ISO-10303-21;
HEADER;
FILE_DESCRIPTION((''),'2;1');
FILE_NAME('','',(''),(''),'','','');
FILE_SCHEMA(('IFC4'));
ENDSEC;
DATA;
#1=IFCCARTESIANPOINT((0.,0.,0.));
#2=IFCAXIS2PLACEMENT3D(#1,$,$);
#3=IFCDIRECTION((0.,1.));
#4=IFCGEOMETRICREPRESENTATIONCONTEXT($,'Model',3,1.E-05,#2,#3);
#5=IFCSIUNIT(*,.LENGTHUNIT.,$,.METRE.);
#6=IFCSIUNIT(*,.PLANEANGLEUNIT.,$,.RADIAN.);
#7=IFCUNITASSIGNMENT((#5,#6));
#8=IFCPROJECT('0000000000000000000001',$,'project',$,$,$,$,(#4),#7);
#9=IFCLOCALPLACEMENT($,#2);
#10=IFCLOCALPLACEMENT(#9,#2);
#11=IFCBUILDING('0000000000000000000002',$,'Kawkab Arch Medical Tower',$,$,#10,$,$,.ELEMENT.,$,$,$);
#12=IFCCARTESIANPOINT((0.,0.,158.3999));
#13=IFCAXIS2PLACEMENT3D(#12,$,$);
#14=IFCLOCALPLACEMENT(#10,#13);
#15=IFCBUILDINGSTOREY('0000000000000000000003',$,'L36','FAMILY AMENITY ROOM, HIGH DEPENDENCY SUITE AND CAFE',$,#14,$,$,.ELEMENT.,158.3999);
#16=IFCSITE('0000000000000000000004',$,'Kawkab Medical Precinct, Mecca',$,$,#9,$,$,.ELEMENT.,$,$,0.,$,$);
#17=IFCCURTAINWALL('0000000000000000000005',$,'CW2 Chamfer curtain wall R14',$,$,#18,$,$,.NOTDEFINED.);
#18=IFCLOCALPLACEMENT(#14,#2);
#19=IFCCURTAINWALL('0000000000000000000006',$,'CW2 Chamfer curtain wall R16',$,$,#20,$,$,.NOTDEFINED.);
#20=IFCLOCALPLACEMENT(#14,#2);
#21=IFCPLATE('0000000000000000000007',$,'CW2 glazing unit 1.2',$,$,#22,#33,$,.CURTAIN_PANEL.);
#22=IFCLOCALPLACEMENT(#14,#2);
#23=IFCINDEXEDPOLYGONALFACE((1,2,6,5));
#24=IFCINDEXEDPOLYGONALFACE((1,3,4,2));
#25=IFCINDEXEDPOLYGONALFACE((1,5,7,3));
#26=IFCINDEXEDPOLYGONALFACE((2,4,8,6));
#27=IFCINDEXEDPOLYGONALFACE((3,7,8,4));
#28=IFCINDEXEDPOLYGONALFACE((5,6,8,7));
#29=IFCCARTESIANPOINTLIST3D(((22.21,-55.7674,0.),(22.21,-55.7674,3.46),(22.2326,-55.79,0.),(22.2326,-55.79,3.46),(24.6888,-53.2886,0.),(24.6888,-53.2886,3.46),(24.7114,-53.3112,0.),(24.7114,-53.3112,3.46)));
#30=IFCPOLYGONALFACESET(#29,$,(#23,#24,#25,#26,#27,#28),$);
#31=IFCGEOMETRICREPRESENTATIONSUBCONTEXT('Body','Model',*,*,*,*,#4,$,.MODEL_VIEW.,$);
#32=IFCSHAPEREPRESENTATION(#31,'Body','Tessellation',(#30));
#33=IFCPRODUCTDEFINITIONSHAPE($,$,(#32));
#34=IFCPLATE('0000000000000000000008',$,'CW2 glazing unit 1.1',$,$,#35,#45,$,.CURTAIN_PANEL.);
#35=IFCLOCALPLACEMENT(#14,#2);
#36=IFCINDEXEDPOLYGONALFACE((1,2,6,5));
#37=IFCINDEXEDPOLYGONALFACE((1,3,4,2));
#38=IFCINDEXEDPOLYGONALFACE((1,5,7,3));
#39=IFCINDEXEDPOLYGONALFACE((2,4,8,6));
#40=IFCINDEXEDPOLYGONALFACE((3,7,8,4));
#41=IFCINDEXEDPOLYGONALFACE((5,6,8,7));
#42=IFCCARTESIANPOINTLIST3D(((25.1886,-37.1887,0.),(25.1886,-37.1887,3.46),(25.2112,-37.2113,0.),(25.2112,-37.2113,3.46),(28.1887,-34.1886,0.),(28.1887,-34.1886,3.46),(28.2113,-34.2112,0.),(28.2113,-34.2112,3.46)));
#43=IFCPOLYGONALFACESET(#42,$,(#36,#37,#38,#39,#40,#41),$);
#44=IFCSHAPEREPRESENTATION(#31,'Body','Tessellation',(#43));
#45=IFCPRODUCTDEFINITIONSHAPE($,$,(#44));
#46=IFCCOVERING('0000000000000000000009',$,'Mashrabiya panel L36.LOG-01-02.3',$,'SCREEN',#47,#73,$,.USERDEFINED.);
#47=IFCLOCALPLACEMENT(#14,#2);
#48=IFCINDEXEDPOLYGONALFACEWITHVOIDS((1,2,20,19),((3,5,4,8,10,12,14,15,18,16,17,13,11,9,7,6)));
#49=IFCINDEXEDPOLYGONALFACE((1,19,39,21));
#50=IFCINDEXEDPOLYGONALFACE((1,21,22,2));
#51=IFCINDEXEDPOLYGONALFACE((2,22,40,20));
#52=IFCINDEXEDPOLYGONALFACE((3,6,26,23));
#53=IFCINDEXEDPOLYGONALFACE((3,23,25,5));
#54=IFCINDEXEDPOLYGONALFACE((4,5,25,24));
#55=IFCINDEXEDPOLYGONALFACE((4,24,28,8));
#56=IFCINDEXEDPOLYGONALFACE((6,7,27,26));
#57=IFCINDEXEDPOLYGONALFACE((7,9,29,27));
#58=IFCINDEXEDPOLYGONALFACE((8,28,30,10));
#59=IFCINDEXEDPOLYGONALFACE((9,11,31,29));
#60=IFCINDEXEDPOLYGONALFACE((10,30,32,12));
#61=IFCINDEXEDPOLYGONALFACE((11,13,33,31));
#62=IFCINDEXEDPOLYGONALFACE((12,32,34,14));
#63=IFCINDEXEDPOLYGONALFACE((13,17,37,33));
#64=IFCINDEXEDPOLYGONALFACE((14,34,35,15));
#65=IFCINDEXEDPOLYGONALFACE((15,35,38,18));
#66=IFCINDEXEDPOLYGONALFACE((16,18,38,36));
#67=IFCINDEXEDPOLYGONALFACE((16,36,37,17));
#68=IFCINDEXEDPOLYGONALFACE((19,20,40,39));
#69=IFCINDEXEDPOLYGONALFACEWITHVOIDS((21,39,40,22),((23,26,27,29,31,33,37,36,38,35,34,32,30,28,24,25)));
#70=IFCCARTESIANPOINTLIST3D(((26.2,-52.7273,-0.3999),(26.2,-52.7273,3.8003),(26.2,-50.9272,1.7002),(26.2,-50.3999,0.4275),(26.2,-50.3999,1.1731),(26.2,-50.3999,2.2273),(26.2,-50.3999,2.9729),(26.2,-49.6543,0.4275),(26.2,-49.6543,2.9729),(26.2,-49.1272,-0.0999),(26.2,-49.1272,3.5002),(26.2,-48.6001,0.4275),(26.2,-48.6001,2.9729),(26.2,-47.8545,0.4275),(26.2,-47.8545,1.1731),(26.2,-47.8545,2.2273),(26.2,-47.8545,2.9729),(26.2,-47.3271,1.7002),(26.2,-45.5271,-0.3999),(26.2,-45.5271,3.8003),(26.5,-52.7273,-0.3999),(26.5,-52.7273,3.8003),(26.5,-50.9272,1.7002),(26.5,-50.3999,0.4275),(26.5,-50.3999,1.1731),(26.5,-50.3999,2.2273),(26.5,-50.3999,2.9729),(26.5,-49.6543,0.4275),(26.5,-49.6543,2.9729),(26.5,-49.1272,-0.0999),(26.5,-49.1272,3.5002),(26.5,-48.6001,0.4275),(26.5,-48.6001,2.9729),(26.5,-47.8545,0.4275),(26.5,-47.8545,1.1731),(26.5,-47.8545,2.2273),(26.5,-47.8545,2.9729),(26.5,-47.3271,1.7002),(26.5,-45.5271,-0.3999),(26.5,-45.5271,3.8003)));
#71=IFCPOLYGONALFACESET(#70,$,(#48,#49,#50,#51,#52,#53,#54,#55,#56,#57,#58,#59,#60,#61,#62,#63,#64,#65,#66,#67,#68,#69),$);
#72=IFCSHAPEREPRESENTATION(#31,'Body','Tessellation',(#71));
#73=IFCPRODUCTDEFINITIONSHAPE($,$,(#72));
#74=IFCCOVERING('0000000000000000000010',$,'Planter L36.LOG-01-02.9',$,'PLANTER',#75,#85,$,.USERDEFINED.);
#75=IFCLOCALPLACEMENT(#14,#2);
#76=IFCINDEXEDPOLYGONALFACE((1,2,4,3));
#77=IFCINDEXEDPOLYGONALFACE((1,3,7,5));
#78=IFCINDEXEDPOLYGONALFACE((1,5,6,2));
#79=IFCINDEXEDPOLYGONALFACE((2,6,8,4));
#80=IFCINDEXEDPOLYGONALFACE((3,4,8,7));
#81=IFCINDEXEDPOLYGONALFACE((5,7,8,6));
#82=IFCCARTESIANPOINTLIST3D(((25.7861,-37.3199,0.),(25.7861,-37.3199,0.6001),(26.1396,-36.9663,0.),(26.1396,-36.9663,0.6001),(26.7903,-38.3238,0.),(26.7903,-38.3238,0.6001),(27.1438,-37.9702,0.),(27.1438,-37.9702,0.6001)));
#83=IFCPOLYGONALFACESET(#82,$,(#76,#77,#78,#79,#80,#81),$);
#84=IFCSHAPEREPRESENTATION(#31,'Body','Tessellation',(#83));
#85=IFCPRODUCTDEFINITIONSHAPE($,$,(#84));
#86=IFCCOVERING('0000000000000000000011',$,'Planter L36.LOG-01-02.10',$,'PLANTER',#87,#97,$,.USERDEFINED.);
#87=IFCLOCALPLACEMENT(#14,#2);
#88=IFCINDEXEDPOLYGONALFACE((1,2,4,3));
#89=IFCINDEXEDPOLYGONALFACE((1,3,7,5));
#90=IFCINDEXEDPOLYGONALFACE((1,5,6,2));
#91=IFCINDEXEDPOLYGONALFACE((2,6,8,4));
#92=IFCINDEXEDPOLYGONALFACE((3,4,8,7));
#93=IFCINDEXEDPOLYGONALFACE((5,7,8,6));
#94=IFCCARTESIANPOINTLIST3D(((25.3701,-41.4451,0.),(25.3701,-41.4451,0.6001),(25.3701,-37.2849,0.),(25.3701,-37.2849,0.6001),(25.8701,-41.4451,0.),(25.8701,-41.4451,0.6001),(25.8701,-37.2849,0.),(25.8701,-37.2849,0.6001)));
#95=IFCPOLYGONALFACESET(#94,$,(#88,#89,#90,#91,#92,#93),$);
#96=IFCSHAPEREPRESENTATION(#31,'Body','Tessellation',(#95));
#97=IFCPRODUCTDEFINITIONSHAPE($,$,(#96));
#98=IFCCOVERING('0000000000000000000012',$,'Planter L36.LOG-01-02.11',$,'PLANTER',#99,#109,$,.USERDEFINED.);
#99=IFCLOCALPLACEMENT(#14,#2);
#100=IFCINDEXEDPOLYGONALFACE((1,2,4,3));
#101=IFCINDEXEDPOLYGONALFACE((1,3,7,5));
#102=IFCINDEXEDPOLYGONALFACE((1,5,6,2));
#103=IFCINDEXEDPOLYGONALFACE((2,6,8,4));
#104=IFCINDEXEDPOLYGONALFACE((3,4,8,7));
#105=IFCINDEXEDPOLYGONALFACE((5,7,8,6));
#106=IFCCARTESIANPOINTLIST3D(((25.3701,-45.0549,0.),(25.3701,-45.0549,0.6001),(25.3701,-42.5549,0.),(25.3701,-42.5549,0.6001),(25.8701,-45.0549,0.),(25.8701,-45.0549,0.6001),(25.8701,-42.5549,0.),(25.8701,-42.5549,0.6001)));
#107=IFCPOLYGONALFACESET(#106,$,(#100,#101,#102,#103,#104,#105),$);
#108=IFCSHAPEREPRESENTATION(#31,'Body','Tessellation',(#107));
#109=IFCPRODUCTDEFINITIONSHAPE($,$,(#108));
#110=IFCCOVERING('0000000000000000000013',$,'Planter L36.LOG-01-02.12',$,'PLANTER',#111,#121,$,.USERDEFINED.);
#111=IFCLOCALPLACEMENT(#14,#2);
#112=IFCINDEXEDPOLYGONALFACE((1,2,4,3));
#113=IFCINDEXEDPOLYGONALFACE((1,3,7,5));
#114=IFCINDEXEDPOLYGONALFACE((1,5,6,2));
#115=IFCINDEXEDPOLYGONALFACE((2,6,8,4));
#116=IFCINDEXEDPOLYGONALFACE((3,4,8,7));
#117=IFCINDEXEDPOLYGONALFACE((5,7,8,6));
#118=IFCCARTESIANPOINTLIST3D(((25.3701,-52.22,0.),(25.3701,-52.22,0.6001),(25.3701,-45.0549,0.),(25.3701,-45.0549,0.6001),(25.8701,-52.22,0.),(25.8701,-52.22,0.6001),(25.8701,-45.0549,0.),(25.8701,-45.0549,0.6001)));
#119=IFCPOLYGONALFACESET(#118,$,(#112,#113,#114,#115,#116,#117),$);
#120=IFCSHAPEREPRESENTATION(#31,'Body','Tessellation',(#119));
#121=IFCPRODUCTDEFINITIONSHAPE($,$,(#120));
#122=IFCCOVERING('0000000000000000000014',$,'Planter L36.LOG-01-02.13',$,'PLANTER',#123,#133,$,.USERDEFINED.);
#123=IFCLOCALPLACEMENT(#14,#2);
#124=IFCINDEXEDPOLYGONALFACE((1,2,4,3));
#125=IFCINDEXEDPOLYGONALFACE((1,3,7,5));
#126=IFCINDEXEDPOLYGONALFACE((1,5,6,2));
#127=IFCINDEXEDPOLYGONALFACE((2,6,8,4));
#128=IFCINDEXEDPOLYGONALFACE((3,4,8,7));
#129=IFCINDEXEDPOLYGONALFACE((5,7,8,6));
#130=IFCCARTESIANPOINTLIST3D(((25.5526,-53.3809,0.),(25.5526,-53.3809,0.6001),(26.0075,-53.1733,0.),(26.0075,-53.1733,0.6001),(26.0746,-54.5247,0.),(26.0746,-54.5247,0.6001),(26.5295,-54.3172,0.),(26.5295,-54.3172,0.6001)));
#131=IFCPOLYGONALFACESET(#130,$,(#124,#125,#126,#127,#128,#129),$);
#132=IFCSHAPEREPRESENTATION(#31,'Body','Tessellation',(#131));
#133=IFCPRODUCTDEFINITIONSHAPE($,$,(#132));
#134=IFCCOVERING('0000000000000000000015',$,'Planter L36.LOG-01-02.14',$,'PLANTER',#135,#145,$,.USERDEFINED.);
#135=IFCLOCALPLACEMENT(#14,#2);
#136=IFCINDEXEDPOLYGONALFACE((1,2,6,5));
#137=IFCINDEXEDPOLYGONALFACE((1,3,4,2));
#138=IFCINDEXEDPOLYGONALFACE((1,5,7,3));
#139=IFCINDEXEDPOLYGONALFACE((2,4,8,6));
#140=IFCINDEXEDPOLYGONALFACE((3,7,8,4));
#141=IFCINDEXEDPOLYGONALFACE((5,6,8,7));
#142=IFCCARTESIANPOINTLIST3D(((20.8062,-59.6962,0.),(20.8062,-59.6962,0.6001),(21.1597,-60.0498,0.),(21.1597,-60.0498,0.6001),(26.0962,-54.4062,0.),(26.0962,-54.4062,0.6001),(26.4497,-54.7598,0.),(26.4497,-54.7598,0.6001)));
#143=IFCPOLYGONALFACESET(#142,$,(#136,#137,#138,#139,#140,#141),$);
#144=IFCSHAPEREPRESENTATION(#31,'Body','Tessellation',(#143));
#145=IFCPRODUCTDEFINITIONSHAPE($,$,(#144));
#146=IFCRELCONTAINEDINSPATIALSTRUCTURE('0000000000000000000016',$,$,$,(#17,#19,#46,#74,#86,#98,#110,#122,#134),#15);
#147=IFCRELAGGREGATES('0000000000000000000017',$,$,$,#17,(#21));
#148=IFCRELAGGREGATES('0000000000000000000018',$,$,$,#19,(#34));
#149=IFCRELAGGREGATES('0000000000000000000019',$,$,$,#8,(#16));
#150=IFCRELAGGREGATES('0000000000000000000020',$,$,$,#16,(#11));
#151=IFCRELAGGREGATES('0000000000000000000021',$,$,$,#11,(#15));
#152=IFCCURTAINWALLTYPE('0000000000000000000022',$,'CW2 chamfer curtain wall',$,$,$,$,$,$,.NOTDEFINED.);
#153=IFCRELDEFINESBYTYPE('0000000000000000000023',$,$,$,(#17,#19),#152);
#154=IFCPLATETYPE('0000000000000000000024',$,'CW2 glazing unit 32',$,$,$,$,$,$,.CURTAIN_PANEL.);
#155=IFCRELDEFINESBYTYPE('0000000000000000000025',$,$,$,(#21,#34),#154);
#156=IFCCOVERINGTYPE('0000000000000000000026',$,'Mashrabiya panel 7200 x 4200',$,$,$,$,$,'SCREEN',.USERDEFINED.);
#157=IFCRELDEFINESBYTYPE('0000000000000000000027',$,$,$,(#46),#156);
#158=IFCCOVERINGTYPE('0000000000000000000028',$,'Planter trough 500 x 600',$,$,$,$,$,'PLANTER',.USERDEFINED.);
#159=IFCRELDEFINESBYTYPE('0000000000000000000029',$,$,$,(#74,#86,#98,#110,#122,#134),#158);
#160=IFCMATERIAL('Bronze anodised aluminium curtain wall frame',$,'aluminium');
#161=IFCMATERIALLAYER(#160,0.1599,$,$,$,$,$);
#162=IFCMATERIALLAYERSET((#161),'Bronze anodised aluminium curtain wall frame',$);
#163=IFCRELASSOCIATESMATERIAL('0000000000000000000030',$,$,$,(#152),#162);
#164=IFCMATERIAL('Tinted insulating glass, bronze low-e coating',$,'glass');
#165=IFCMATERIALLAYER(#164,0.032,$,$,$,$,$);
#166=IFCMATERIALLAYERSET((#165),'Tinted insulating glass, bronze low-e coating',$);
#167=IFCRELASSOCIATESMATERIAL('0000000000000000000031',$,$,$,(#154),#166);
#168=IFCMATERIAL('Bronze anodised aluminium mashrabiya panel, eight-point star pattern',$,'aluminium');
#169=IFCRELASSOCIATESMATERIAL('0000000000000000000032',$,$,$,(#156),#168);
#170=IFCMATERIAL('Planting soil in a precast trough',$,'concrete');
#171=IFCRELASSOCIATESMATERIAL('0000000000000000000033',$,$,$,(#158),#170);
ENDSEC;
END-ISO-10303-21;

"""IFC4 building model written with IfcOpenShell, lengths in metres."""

from ifc_helpers import new_model, si_unit, direction, frame, origin, origin_2d, place, context, subcontext, project, spatial, polyline, rectangle, outline, extrude, material, layer, layer_set, material_profile, profile_set, type_object, element, aggregate, save


model = new_model("IFC4")

# Units and contexts
model_context = context("Model", 3, precision=1e-05, world=origin(), true_north=direction((0.0, 1.0)))
body_context = subcontext(model_context, "Body", "Model", "MODEL_VIEW")
ifc_project = project(units=[si_unit("LENGTHUNIT", "METRE"), si_unit("PLANEANGLEUNIT", "RADIAN")], contexts=[model_context])

# Site, building, storey
site_placement = place(None, origin())
site = spatial("IfcSite", under=ifc_project, at=site_placement, Name="Kawkab Medical Precinct, Mecca", CompositionType="ELEMENT", RefElevation=0.0)
building_placement = place(site_placement, origin())
building = spatial("IfcBuilding", under=site, at=building_placement, Name="Kawkab Arch Medical Tower", CompositionType="ELEMENT")
storey_placement = place(building_placement, frame((0.0, 0.0, 158.3999)))
storey = spatial("IfcBuildingStorey", under=building, at=storey_placement, Name="L36", Description="FAMILY AMENITY ROOM, HIGH DEPENDENCY SUITE AND CAFE", CompositionType="ELEMENT", Elevation=158.3999)

# Shared definitions
placement = place(storey_placement, origin())

# Curtain wall
ifc_material_1 = material(Name="Bronze anodised aluminium curtain wall frame", Category="aluminium")
ifc_layer_1 = layer(ifc_material_1, 0.1599)
ifc_layer_set_1 = layer_set([ifc_layer_1], Name="Bronze anodised aluminium curtain wall frame")
curtain_wall_type_1 = type_object("IfcCurtainWallType", Name="CW2 chamfer curtain wall", PredefinedType="NOTDEFINED", material=ifc_layer_set_1)
curtain_wall_1 = element("IfcCurtainWall", 1, at=placement, inside=storey, type_object=curtain_wall_type_1, Name="CW2 Chamfer curtain wall R14", PredefinedType="NOTDEFINED")

# Curtain wall
curtain_wall_2 = element("IfcCurtainWall", 2, at=placement, inside=storey, type_object=curtain_wall_type_1, Name="CW2 Chamfer curtain wall R16", PredefinedType="NOTDEFINED")

# Plates
ifc_material_2 = material(Name="Tinted insulating glass, bronze low-e coating", Category="glass")
ifc_layer_2 = layer(ifc_material_2, 0.032)
ifc_layer_set_2 = layer_set([ifc_layer_2], Name="Tinted insulating glass, bronze low-e coating")
plate_type_1 = type_object("IfcPlateType", Name="CW2 glazing unit 32", PredefinedType="CURTAIN_PANEL", material=ifc_layer_set_2)
plate_1_placement = place(storey_placement, frame((23.4607, -54.5393, 0.0), z_axis=(0.0, 0.0, 1.0), x_axis=(0.707107, 0.707107, 0.0)))
plate_1 = element("IfcPlate", 3, at=plate_1_placement, type_object=plate_type_1, Name="CW2 glazing unit 1.2", PredefinedType="CURTAIN_PANEL", context=body_context, shape_type="SweptSolid", body=[
    extrude(rectangle(XDim=3.5056, YDim=0.032, at=origin_2d()), origin(), (0.0, 0.0, 1.0), 3.46),
])
aggregate(curtain_wall_1, [plate_1])
plate_2_placement = place(storey_placement, frame((26.7, -35.7, 0.0), z_axis=(0.0, 0.0, 1.0), x_axis=(0.707107, 0.707107, 0.0)))
plate_2 = element("IfcPlate", 4, at=plate_2_placement, type_object=plate_type_1, Name="CW2 glazing unit 1.1", PredefinedType="CURTAIN_PANEL", context=body_context, shape_type="SweptSolid", body=[
    extrude(rectangle(XDim=4.2427, YDim=0.032, at=origin_2d()), origin(), (0.0, 0.0, 1.0), 3.46),
])
aggregate(curtain_wall_2, [plate_2])

# Coverings
ifc_material_3 = material(Name="Bronze anodised aluminium mashrabiya panel, eight-point star pattern", Category="aluminium")
ifc_material_profile_1 = material_profile(ifc_material_3, outline(polyline([(-3.6001, -2.1001), (3.6001, -2.1001), (3.6001, 2.1001), (-3.6001, 2.1001), (-3.6001, -2.1001)]), holes=[polyline([(1.8, 0.0), (1.2727, 0.5271), (1.2727, 1.2727), (0.5271, 1.2727), (0.0, 1.8), (-0.5271, 1.2727), (-1.2727, 1.2727), (-1.2727, 0.5271), (-1.8, 0.0), (-1.2727, -0.5271), (-1.2727, -1.2727), (-0.5271, -1.2727), (0.0, -1.8), (0.5271, -1.2727), (1.2727, -1.2727), (1.2727, -0.5271), (1.8, 0.0)])]), Name="Mashrabiya panel 7200x4200")
ifc_profile_set_1 = profile_set([ifc_material_profile_1], Name="Bronze anodised aluminium mashrabiya panel, eight-point star pattern")
covering_type_1 = type_object("IfcCoveringType", Name="Mashrabiya panel 7200 x 4200", ElementType="SCREEN", PredefinedType="USERDEFINED", material=ifc_profile_set_1)
covering_1_placement = place(storey_placement, frame((26.2, -49.1272, 1.7002), z_axis=(1.0, 0.0, 0.0), x_axis=(0.0, 1.0, 0.0)))
element("IfcCovering", 5, at=covering_1_placement, inside=storey, type_object=covering_type_1, Name="Mashrabiya panel L36.LOG-01-02.3", ObjectType="SCREEN", PredefinedType="USERDEFINED", context=body_context, shape_type="SweptSolid", body=[
    extrude(outline(polyline([(-3.6001, -2.1001), (3.6001, -2.1001), (3.6001, 2.1001), (-3.6001, 2.1001), (-3.6001, -2.1001)]), holes=[polyline([(1.8, 0.0), (1.2727, 0.5271), (1.2727, 1.2727), (0.5271, 1.2727), (0.0, 1.8), (-0.5271, 1.2727), (-1.2727, 1.2727), (-1.2727, 0.5271), (-1.8, 0.0), (-1.2727, -0.5271), (-1.2727, -1.2727), (-0.5271, -1.2727), (0.0, -1.8), (0.5271, -1.2727), (1.2727, -1.2727), (1.2727, -0.5271), (1.8, 0.0)])]), origin(), (0.0, 0.0, 1.0), 0.3),
])
ifc_material_4 = material(Name="Planting soil in a precast trough", Category="concrete")
ifc_material_profile_2 = material_profile(ifc_material_4, rectangle(XDim=0.5, YDim=0.6001, at=origin_2d()), Name="Trough 500x600")
ifc_profile_set_2 = profile_set([ifc_material_profile_2], Name="Planting soil in a precast trough")
covering_type_2 = type_object("IfcCoveringType", Name="Planter trough 500 x 600", ElementType="PLANTER", PredefinedType="USERDEFINED", material=ifc_profile_set_2)
covering_2_placement = place(storey_placement, frame((26.967, -38.147, 0.3), z_axis=(-0.707193, 0.707021, 0.0), x_axis=(-0.707021, -0.707193, 0.0)))
element("IfcCovering", 6, at=covering_2_placement, inside=storey, type_object=covering_type_2, Name="Planter L36.LOG-01-02.9", ObjectType="PLANTER", PredefinedType="USERDEFINED", context=body_context, shape_type="SweptSolid", body=[
    extrude(rectangle(XDim=0.5, YDim=0.6001, at=origin_2d()), origin(), (0.0, 0.0, 1.0), 1.4199),
])
covering_3_placement = place(storey_placement, frame((25.6201, -37.2849, 0.3), z_axis=(0.0, -1.0, 0.0), x_axis=(1.0, 0.0, 0.0)))
element("IfcCovering", 7, at=covering_3_placement, inside=storey, type_object=covering_type_2, Name="Planter L36.LOG-01-02.10", ObjectType="PLANTER", PredefinedType="USERDEFINED", context=body_context, shape_type="SweptSolid", body=[
    extrude(rectangle(XDim=0.5, YDim=0.6001, at=origin_2d()), origin(), (0.0, 0.0, 1.0), 4.1602),
])
covering_4_placement = place(storey_placement, frame((25.6201, -42.5549, 0.3), z_axis=(0.0, -1.0, 0.0), x_axis=(1.0, 0.0, 0.0)))
element("IfcCovering", 8, at=covering_4_placement, inside=storey, type_object=covering_type_2, Name="Planter L36.LOG-01-02.11", ObjectType="PLANTER", PredefinedType="USERDEFINED", context=body_context, shape_type="SweptSolid", body=[
    extrude(rectangle(XDim=0.5, YDim=0.6001, at=origin_2d()), origin(), (0.0, 0.0, 1.0), 2.5),
])
covering_5_placement = place(storey_placement, frame((25.6201, -45.0549, 0.3), z_axis=(0.0, -1.0, 0.0), x_axis=(1.0, 0.0, 0.0)))
element("IfcCovering", 9, at=covering_5_placement, inside=storey, type_object=covering_type_2, Name="Planter L36.LOG-01-02.12", ObjectType="PLANTER", PredefinedType="USERDEFINED", context=body_context, shape_type="SweptSolid", body=[
    extrude(rectangle(XDim=0.5, YDim=0.6001, at=origin_2d()), origin(), (0.0, 0.0, 1.0), 7.165),
])
covering_6_placement = place(storey_placement, frame((25.78, -53.2771, 0.3), z_axis=(0.415163, -0.909747, 0.0), x_axis=(0.909747, 0.415163, 0.0)))
element("IfcCovering", 10, at=covering_6_placement, inside=storey, type_object=covering_type_2, Name="Planter L36.LOG-01-02.13", ObjectType="PLANTER", PredefinedType="USERDEFINED", context=body_context, shape_type="SweptSolid", body=[
    extrude(rectangle(XDim=0.5, YDim=0.6001, at=origin_2d()), origin(), (0.0, 0.0, 1.0), 1.2573),
])
covering_7_placement = place(storey_placement, frame((26.2729, -54.583, 0.3), z_axis=(-0.707107, -0.707107, 0.0), x_axis=(0.707107, -0.707107, 0.0)))
element("IfcCovering", 11, at=covering_7_placement, inside=storey, type_object=covering_type_2, Name="Planter L36.LOG-01-02.14", ObjectType="PLANTER", PredefinedType="USERDEFINED", context=body_context, shape_type="SweptSolid", body=[
    extrude(rectangle(XDim=0.5, YDim=0.6001, at=origin_2d()), origin(), (0.0, 0.0, 1.0), 7.4812),
])

save(model, "model.ifc")
